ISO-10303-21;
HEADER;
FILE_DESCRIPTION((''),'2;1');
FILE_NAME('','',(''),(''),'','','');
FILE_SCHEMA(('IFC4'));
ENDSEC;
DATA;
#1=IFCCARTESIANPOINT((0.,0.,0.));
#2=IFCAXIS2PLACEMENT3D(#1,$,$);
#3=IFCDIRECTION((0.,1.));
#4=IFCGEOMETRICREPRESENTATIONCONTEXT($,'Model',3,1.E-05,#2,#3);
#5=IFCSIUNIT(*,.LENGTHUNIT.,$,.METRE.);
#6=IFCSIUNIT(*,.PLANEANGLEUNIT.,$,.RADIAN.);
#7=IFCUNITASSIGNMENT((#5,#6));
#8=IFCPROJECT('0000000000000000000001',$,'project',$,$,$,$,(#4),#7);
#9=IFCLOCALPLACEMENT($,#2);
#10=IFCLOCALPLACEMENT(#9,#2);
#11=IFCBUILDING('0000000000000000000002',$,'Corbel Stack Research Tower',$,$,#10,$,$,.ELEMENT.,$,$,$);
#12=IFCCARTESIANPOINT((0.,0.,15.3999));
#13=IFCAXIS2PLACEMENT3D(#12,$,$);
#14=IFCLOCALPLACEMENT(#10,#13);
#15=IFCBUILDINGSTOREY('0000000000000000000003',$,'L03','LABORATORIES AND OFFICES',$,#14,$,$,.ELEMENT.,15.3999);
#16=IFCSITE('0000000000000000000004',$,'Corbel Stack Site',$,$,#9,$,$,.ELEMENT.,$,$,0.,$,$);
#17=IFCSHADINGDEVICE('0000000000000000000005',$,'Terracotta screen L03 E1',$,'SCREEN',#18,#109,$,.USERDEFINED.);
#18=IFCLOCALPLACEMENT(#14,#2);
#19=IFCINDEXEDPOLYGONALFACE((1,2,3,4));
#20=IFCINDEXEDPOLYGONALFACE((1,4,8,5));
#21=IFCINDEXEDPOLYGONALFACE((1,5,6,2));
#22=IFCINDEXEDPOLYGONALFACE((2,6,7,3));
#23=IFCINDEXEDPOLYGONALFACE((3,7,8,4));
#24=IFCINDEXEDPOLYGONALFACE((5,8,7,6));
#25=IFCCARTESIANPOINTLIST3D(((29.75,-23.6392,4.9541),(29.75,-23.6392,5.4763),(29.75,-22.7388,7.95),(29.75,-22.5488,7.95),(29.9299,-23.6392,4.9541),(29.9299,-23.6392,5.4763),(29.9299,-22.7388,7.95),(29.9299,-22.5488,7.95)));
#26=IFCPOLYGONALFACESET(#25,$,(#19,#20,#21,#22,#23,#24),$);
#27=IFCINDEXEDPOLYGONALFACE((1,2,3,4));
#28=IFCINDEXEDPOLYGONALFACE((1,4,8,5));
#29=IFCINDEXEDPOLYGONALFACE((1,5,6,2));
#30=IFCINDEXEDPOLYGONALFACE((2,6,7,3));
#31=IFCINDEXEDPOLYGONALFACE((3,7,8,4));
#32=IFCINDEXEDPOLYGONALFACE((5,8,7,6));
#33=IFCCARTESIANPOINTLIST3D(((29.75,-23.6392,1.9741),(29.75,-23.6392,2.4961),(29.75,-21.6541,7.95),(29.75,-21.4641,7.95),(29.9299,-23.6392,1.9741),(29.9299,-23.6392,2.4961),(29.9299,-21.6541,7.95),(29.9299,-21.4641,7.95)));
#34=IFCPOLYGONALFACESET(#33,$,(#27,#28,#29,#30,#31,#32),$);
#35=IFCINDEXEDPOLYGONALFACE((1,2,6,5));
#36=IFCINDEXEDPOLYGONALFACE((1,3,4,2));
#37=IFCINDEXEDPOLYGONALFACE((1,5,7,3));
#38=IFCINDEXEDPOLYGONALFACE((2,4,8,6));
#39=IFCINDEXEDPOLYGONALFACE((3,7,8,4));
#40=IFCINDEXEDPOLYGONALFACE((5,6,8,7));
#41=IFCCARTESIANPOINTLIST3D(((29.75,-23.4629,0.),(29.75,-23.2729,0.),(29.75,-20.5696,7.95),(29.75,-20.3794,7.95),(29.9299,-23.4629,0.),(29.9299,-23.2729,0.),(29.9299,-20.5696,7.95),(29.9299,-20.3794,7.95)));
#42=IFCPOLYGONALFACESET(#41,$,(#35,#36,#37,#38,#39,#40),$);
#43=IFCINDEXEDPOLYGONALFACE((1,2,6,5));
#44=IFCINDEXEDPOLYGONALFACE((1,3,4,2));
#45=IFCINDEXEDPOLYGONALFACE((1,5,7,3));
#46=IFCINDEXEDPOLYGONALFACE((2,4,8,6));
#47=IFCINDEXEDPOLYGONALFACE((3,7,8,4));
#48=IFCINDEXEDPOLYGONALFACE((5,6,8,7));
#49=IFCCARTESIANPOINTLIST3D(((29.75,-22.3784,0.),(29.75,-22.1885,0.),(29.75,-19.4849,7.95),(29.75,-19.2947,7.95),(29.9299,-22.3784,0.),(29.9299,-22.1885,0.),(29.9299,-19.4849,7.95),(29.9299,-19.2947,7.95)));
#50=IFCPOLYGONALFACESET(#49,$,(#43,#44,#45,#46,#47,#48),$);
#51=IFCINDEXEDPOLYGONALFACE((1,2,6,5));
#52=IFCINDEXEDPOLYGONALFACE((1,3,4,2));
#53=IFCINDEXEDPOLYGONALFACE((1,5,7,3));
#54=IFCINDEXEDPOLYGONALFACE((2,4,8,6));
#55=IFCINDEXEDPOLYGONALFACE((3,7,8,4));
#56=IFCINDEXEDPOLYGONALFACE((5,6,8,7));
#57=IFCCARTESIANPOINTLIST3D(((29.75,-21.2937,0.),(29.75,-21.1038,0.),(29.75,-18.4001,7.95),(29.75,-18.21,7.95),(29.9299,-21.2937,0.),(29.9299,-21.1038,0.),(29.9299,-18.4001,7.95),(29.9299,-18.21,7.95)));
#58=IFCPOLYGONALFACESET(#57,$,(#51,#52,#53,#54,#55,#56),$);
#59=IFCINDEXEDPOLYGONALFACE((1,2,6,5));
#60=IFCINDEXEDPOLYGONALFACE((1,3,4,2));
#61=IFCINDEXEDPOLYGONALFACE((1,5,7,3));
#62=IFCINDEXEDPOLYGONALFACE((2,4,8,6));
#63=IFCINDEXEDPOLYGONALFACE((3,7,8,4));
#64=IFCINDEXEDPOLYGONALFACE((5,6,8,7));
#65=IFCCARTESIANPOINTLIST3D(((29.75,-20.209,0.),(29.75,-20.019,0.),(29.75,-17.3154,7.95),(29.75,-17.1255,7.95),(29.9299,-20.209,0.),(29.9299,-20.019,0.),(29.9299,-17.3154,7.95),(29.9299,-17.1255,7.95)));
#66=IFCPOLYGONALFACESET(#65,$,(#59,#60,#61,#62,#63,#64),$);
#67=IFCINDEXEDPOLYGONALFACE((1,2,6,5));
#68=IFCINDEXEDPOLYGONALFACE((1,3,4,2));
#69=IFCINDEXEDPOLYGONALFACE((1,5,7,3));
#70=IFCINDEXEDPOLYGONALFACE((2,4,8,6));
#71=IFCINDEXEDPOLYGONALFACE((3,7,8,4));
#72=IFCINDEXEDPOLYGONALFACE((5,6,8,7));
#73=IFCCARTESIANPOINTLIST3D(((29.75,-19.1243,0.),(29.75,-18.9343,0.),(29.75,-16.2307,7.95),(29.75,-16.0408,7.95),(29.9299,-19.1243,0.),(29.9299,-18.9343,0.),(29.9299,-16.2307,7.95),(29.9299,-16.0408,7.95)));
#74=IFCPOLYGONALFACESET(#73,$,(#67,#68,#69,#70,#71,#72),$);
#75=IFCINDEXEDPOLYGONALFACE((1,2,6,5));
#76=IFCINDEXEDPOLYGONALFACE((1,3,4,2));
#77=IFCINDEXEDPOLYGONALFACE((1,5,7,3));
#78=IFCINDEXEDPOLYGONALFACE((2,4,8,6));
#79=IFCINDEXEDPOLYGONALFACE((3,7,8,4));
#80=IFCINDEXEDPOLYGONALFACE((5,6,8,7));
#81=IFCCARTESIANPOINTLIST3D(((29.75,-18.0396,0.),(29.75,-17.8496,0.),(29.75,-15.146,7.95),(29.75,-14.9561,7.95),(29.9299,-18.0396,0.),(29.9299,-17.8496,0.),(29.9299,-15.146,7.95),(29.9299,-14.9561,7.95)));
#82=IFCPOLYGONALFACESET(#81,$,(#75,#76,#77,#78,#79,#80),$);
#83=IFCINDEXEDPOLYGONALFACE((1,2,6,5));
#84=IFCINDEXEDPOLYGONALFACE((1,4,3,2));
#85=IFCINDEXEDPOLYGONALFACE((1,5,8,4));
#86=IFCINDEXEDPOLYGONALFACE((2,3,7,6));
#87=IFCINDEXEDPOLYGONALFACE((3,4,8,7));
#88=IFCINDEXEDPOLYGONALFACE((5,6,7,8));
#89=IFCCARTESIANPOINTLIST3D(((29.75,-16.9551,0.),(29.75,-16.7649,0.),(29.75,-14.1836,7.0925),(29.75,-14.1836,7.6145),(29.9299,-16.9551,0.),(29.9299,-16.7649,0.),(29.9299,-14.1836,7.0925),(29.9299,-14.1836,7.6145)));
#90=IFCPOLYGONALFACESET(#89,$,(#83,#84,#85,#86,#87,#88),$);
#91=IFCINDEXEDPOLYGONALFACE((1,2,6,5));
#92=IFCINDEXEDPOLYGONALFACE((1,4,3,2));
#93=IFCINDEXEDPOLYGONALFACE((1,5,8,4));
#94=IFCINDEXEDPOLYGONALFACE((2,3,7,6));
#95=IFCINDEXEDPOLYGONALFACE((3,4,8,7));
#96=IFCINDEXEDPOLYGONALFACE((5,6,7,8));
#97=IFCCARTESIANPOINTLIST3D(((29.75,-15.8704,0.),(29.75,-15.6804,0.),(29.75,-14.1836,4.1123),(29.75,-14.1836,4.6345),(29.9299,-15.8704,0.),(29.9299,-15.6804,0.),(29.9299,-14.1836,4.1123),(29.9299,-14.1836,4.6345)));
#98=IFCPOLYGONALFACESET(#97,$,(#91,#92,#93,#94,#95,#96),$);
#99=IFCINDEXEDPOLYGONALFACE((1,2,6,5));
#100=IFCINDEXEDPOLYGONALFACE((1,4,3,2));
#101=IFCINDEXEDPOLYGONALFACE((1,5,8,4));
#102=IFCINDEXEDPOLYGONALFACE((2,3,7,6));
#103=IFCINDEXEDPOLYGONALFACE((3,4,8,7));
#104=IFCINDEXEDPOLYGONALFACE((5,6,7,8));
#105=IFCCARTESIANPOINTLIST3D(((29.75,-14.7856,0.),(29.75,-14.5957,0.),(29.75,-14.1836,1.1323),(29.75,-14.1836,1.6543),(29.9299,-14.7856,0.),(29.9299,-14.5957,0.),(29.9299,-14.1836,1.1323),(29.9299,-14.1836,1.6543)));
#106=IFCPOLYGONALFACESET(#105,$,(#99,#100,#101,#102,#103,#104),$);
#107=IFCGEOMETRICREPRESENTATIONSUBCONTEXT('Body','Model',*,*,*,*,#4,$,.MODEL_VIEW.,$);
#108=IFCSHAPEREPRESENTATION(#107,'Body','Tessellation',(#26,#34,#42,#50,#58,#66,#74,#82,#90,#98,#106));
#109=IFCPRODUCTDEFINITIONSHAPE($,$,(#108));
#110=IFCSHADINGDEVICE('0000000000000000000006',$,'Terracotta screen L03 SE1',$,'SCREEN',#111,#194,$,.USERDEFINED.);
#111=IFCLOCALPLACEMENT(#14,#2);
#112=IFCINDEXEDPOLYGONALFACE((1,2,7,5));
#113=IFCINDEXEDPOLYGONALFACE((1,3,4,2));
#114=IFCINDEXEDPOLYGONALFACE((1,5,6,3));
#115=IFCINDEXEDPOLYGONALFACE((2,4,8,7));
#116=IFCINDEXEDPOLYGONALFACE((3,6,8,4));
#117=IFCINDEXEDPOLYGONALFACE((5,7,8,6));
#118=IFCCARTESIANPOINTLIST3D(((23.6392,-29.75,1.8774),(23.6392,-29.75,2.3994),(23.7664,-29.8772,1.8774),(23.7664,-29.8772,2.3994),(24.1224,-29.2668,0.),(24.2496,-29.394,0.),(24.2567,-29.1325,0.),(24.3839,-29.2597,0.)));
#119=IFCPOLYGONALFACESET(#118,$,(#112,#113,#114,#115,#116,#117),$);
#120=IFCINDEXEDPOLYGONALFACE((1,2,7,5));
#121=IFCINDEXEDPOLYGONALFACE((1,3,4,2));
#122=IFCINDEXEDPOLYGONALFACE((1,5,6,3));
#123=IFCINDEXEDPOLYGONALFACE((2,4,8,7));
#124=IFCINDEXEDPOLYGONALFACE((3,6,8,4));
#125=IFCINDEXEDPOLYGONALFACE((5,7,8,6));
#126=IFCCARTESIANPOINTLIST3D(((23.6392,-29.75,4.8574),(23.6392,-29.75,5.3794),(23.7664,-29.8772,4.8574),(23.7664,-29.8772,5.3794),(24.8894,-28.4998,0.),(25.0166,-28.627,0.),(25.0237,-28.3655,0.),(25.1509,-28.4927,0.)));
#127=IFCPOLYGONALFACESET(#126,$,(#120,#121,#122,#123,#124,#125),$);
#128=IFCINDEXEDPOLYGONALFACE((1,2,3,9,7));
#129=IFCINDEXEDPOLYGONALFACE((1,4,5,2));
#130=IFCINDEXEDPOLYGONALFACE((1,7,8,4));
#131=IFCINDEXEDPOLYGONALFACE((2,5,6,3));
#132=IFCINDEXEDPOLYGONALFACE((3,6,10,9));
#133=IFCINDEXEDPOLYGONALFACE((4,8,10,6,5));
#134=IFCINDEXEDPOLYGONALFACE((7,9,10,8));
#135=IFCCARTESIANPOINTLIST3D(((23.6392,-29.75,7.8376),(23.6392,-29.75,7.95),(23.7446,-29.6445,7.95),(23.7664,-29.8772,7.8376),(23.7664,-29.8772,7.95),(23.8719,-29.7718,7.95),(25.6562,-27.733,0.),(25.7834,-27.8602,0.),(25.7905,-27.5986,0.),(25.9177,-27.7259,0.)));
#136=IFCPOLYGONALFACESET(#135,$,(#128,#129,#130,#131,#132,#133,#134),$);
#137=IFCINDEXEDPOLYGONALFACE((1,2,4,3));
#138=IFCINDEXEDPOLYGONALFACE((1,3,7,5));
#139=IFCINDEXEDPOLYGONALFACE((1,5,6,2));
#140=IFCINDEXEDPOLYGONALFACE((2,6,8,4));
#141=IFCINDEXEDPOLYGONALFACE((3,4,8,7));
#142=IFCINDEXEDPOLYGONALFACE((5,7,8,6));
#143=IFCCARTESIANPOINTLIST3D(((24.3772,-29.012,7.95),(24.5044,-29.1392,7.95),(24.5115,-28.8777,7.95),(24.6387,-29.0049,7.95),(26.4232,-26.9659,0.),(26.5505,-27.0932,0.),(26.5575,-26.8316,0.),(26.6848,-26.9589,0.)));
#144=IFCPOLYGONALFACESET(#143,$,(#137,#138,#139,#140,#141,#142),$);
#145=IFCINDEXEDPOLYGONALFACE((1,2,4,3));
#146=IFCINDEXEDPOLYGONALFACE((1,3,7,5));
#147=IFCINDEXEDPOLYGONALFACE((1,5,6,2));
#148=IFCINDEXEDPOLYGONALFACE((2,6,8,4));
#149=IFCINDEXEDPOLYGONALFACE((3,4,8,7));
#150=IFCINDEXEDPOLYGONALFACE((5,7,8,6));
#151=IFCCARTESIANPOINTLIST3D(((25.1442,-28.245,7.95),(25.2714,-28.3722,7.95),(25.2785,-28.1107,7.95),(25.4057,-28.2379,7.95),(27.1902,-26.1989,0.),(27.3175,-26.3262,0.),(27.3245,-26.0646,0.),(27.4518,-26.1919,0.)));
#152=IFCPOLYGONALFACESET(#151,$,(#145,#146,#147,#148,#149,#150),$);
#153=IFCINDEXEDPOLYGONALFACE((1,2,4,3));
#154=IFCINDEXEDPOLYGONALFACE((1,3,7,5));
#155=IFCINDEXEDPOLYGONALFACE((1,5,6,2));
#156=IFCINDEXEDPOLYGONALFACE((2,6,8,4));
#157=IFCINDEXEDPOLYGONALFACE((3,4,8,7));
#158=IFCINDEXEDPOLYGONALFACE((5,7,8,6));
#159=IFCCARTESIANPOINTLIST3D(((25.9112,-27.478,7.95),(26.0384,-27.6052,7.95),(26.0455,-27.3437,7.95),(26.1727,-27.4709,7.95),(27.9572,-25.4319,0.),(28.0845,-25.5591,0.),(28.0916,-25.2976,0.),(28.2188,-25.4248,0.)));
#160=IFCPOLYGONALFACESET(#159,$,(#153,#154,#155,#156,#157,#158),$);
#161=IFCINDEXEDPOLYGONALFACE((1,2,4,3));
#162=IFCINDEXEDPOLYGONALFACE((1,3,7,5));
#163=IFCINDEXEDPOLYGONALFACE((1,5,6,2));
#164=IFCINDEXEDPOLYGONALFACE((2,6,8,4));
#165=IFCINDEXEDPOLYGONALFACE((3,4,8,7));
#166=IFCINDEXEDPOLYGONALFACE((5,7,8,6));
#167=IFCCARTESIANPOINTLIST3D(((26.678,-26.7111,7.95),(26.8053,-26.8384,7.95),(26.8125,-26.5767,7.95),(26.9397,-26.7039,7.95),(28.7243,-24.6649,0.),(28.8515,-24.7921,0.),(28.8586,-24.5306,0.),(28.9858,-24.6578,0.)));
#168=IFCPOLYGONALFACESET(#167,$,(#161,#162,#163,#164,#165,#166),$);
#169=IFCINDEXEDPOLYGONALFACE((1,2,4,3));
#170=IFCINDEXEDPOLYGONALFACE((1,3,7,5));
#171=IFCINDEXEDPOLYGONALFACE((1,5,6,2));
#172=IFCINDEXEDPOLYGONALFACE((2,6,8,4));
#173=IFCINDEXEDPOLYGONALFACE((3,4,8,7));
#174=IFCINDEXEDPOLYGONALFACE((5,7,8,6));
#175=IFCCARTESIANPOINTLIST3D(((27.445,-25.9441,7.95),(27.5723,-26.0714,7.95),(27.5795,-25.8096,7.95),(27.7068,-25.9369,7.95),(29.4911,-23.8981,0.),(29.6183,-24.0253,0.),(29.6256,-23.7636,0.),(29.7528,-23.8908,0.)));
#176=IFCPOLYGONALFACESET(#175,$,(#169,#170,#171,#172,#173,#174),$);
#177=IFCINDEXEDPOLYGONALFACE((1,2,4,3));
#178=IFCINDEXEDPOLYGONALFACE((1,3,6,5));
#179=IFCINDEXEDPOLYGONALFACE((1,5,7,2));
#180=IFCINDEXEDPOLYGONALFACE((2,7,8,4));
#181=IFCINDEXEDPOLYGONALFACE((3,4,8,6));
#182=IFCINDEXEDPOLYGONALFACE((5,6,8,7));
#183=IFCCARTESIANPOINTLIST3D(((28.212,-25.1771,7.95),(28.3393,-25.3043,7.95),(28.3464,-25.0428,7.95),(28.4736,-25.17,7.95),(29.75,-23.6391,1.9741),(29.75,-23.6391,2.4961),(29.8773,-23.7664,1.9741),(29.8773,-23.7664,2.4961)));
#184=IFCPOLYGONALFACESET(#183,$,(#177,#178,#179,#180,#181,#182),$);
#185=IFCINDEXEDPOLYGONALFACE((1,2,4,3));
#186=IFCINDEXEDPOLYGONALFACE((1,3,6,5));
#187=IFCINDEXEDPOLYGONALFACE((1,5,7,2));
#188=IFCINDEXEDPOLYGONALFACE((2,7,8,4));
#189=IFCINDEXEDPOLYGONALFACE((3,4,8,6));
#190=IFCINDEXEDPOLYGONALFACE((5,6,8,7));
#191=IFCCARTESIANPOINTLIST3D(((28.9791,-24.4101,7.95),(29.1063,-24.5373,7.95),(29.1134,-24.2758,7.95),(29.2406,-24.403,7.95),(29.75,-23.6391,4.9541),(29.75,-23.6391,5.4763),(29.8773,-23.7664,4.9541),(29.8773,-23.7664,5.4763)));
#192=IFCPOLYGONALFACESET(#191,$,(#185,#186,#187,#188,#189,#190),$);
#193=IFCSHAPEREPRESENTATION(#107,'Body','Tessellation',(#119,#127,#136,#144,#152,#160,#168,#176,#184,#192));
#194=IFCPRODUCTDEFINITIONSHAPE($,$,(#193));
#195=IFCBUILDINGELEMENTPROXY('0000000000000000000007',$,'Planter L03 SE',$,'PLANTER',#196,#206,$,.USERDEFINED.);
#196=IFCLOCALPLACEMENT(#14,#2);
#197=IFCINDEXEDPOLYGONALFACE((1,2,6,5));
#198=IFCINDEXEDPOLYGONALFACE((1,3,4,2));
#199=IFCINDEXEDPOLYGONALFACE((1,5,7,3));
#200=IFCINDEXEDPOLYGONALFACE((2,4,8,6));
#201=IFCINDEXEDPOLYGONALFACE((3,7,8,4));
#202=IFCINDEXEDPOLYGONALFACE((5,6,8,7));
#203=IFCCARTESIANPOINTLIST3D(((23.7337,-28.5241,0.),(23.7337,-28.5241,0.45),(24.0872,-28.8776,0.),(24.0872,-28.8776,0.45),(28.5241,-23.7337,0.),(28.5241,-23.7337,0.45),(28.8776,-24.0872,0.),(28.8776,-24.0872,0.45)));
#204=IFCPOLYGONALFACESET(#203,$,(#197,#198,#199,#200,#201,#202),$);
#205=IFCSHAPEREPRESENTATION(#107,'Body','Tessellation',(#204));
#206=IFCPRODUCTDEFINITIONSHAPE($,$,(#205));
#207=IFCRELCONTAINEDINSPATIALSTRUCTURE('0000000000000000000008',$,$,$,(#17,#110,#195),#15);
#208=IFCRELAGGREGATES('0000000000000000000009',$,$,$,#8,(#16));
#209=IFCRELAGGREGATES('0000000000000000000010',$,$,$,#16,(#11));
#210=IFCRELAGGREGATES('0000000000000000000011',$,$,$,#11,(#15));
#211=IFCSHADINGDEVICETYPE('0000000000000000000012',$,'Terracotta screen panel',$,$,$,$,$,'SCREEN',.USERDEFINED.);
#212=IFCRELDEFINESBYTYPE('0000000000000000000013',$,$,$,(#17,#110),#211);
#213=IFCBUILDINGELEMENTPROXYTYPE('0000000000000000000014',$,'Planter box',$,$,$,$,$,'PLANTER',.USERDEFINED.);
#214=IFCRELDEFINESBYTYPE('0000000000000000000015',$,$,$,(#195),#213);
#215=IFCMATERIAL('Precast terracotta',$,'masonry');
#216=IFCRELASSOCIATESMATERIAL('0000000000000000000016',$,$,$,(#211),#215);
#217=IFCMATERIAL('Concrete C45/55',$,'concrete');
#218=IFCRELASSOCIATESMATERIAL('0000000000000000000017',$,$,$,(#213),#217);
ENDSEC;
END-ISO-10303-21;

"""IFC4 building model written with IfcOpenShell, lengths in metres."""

from ifc_helpers import new_model, si_unit, direction, frame, origin, origin_2d, place, context, subcontext, project, spatial, polyline, rectangle, outline, extrude, source, transform, mapped, material, type_object, element, save


model = new_model("IFC4")

# Units and contexts
model_context = context("Model", 3, precision=1e-05, world=origin(), true_north=direction((0.0, 1.0)))
body_context = subcontext(model_context, "Body", "Model", "MODEL_VIEW")
ifc_project = project(units=[si_unit("LENGTHUNIT", "METRE"), si_unit("PLANEANGLEUNIT", "RADIAN")], contexts=[model_context])

# Site, building, storey
site_placement = place(None, origin())
site = spatial("IfcSite", under=ifc_project, at=site_placement, Name="Corbel Stack Site", CompositionType="ELEMENT", RefElevation=0.0)
building_placement = place(site_placement, origin())
building = spatial("IfcBuilding", under=site, at=building_placement, Name="Corbel Stack Research Tower", CompositionType="ELEMENT")
storey_placement = place(building_placement, frame((0.0, 0.0, 15.3999)))
storey = spatial("IfcBuildingStorey", under=building, at=storey_placement, Name="L03", Description="LABORATORIES AND OFFICES", CompositionType="ELEMENT", Elevation=15.3999)

# Shading devices
ifc_material_1 = material(Name="Precast terracotta", Category="masonry")
shading_device_type = type_object("IfcShadingDeviceType", Name="Terracotta screen panel", ElementType="SCREEN", PredefinedType="USERDEFINED", material=ifc_material_1)
shared_shape_1 = source(origin(), body_context, "Body", "SweptSolid", [
    extrude(outline(polyline([(1.0903, 7.95), (0.9004, 7.95), (0.0, 5.4763), (0.0, 4.9541), (1.0903, 7.95)])), frame((0.0, 0.0, 0.0), z_axis=(0.0, -1.0, 0.0), x_axis=(1.0, 0.0, 0.0)), (0.0, 0.0, 1.0), 0.1799),
    extrude(outline(polyline([(2.175, 7.95), (1.9851, 7.95), (0.0, 2.4961), (0.0, 1.9741), (2.175, 7.95)])), frame((0.0, 0.0, 0.0), z_axis=(0.0, -1.0, 0.0), x_axis=(1.0, 0.0, 0.0)), (0.0, 0.0, 1.0), 0.1799),
    extrude(outline(polyline([(0.3662, 0.0), (3.2598, 7.95), (3.0696, 7.95), (0.1763, 0.0), (0.3662, 0.0)])), frame((0.0, 0.0, 0.0), z_axis=(0.0, -1.0, 0.0), x_axis=(1.0, 0.0, 0.0)), (0.0, 0.0, 1.0), 0.1799),
    extrude(outline(polyline([(1.4507, 0.0), (4.3445, 7.95), (4.1543, 7.95), (1.2607, 0.0), (1.4507, 0.0)])), frame((0.0, 0.0, 0.0), z_axis=(0.0, -1.0, 0.0), x_axis=(1.0, 0.0, 0.0)), (0.0, 0.0, 1.0), 0.1799),
    extrude(outline(polyline([(2.5354, 0.0), (5.4292, 7.95), (5.239, 7.95), (2.3455, 0.0), (2.5354, 0.0)])), frame((0.0, 0.0, 0.0), z_axis=(0.0, -1.0, 0.0), x_axis=(1.0, 0.0, 0.0)), (0.0, 0.0, 1.0), 0.1799),
    extrude(outline(polyline([(3.6201, 0.0), (6.5137, 7.95), (6.3237, 7.95), (3.4302, 0.0), (3.6201, 0.0)])), frame((0.0, 0.0, 0.0), z_axis=(0.0, -1.0, 0.0), x_axis=(1.0, 0.0, 0.0)), (0.0, 0.0, 1.0), 0.1799),
    extrude(outline(polyline([(4.7048, 0.0), (7.5984, 7.95), (7.4084, 7.95), (4.5149, 0.0), (4.7048, 0.0)])), frame((0.0, 0.0, 0.0), z_axis=(0.0, -1.0, 0.0), x_axis=(1.0, 0.0, 0.0)), (0.0, 0.0, 1.0), 0.1799),
    extrude(outline(polyline([(5.7896, 0.0), (8.6831, 7.95), (8.4932, 7.95), (5.5996, 0.0), (5.7896, 0.0)])), frame((0.0, 0.0, 0.0), z_axis=(0.0, -1.0, 0.0), x_axis=(1.0, 0.0, 0.0)), (0.0, 0.0, 1.0), 0.1799),
    extrude(outline(polyline([(6.8743, 0.0), (9.4556, 7.0925), (9.4556, 7.6145), (6.6841, 0.0), (6.8743, 0.0)])), frame((0.0, 0.0, 0.0), z_axis=(0.0, -1.0, 0.0), x_axis=(1.0, 0.0, 0.0)), (0.0, 0.0, 1.0), 0.1799),
    extrude(outline(polyline([(7.9587, 0.0), (9.4556, 4.1123), (9.4556, 4.6345), (7.7688, 0.0), (7.9587, 0.0)])), frame((0.0, 0.0, 0.0), z_axis=(0.0, -1.0, 0.0), x_axis=(1.0, 0.0, 0.0)), (0.0, 0.0, 1.0), 0.1799),
    extrude(outline(polyline([(9.0435, 0.0), (9.4556, 1.1323), (9.4556, 1.6543), (8.8535, 0.0), (9.0435, 0.0)])), frame((0.0, 0.0, 0.0), z_axis=(0.0, -1.0, 0.0), x_axis=(1.0, 0.0, 0.0)), (0.0, 0.0, 1.0), 0.1799),
])
shading_device_1_placement = place(storey_placement, frame((29.75, -23.6392, 0.0), z_axis=(0.0, 0.0, 1.0), x_axis=(0.0, 1.0, 0.0)))
element("IfcShadingDevice", 1, at=shading_device_1_placement, inside=storey, type_object=shading_device_type, Name="Terracotta screen L03 E1", ObjectType="SCREEN", PredefinedType="USERDEFINED", context=body_context, shape_type="MappedRepresentation", body=[
    mapped(shared_shape_1, transform((0.0, 0.0, 0.0))),
])
shared_shape_2 = source(origin(), body_context, "Body", "SweptSolid", [
    extrude(outline(polyline([(0.8733, 0.0), (0.0, 2.3994), (0.0, 1.8774), (0.6833, 0.0), (0.8733, 0.0)])), frame((0.0, 0.0, 0.0), z_axis=(0.0, -1.0, 0.0), x_axis=(1.0, 0.0, 0.0)), (0.0, 0.0, 1.0), 0.1799),
    extrude(outline(polyline([(1.958, 0.0), (0.0, 5.3794), (0.0, 4.8574), (1.7681, 0.0), (1.958, 0.0)])), frame((0.0, 0.0, 0.0), z_axis=(0.0, -1.0, 0.0), x_axis=(1.0, 0.0, 0.0)), (0.0, 0.0, 1.0), 0.1799),
    extrude(outline(polyline([(3.0425, 0.0), (0.1492, 7.95), (0.0, 7.95), (0.0, 7.8376), (2.8525, 0.0), (3.0425, 0.0)])), frame((0.0, 0.0, 0.0), z_axis=(0.0, -1.0, 0.0), x_axis=(1.0, 0.0, 0.0)), (0.0, 0.0, 1.0), 0.1799),
    extrude(outline(polyline([(4.1272, 0.0), (1.2336, 7.95), (1.0437, 7.95), (3.9373, 0.0), (4.1272, 0.0)])), frame((0.0, 0.0, 0.0), z_axis=(0.0, -1.0, 0.0), x_axis=(1.0, 0.0, 0.0)), (0.0, 0.0, 1.0), 0.1799),
    extrude(outline(polyline([(5.2119, 0.0), (2.3184, 7.95), (2.1284, 7.95), (5.022, 0.0), (5.2119, 0.0)])), frame((0.0, 0.0, 0.0), z_axis=(0.0, -1.0, 0.0), x_axis=(1.0, 0.0, 0.0)), (0.0, 0.0, 1.0), 0.1799),
    extrude(outline(polyline([(6.2966, 0.0), (3.4031, 7.95), (3.2131, 7.95), (6.1067, 0.0), (6.2966, 0.0)])), frame((0.0, 0.0, 0.0), z_axis=(0.0, -1.0, 0.0), x_axis=(1.0, 0.0, 0.0)), (0.0, 0.0, 1.0), 0.1799),
    extrude(outline(polyline([(7.3813, 0.0), (4.4878, 7.95), (4.2976, 7.95), (7.1914, 0.0), (7.3813, 0.0)])), frame((0.0, 0.0, 0.0), z_axis=(0.0, -1.0, 0.0), x_axis=(1.0, 0.0, 0.0)), (0.0, 0.0, 1.0), 0.1799),
    extrude(outline(polyline([(8.4661, 0.0), (5.5725, 7.95), (5.3823, 7.95), (8.2759, 0.0), (8.4661, 0.0)])), frame((0.0, 0.0, 0.0), z_axis=(0.0, -1.0, 0.0), x_axis=(1.0, 0.0, 0.0)), (0.0, 0.0, 1.0), 0.1799),
    extrude(outline(polyline([(6.657, 7.95), (6.467, 7.95), (8.6421, 1.9741), (8.6421, 2.4961), (6.657, 7.95)])), frame((0.0, 0.0, 0.0), z_axis=(0.0, -1.0, 0.0), x_axis=(1.0, 0.0, 0.0)), (0.0, 0.0, 1.0), 0.1799),
    extrude(outline(polyline([(7.7417, 7.95), (7.5518, 7.95), (8.6421, 4.9541), (8.6421, 5.4763), (7.7417, 7.95)])), frame((0.0, 0.0, 0.0), z_axis=(0.0, -1.0, 0.0), x_axis=(1.0, 0.0, 0.0)), (0.0, 0.0, 1.0), 0.1799),
])
shading_device_2_placement = place(storey_placement, frame((23.6392, -29.75, 0.0), z_axis=(0.0, 0.0, 1.0), x_axis=(0.707107, 0.707107, 0.0)))
element("IfcShadingDevice", 2, at=shading_device_2_placement, inside=storey, type_object=shading_device_type, Name="Terracotta screen L03 SE1", ObjectType="SCREEN", PredefinedType="USERDEFINED", context=body_context, shape_type="MappedRepresentation", body=[
    mapped(shared_shape_2, transform((0.0, 0.0, 0.0))),
])

# Building element proxy
ifc_material_2 = material(Name="Concrete C45/55", Category="concrete")
building_element_proxy_type = type_object("IfcBuildingElementProxyType", Name="Planter box", ElementType="PLANTER", PredefinedType="USERDEFINED", material=ifc_material_2)
proxy_placement = place(storey_placement, frame((26.3057, -26.3057, 0.0), z_axis=(0.0, 0.0, 1.0), x_axis=(0.707107, 0.707107, 0.0)))
element("IfcBuildingElementProxy", 3, at=proxy_placement, inside=storey, type_object=building_element_proxy_type, Name="Planter L03 SE", ObjectType="PLANTER", PredefinedType="USERDEFINED", context=body_context, shape_type="SweptSolid", body=[
    extrude(rectangle(XDim=6.7747, YDim=0.5, at=origin_2d()), origin(), (0.0, 0.0, 1.0), 0.45),
])

save(model, "model.ifc")
